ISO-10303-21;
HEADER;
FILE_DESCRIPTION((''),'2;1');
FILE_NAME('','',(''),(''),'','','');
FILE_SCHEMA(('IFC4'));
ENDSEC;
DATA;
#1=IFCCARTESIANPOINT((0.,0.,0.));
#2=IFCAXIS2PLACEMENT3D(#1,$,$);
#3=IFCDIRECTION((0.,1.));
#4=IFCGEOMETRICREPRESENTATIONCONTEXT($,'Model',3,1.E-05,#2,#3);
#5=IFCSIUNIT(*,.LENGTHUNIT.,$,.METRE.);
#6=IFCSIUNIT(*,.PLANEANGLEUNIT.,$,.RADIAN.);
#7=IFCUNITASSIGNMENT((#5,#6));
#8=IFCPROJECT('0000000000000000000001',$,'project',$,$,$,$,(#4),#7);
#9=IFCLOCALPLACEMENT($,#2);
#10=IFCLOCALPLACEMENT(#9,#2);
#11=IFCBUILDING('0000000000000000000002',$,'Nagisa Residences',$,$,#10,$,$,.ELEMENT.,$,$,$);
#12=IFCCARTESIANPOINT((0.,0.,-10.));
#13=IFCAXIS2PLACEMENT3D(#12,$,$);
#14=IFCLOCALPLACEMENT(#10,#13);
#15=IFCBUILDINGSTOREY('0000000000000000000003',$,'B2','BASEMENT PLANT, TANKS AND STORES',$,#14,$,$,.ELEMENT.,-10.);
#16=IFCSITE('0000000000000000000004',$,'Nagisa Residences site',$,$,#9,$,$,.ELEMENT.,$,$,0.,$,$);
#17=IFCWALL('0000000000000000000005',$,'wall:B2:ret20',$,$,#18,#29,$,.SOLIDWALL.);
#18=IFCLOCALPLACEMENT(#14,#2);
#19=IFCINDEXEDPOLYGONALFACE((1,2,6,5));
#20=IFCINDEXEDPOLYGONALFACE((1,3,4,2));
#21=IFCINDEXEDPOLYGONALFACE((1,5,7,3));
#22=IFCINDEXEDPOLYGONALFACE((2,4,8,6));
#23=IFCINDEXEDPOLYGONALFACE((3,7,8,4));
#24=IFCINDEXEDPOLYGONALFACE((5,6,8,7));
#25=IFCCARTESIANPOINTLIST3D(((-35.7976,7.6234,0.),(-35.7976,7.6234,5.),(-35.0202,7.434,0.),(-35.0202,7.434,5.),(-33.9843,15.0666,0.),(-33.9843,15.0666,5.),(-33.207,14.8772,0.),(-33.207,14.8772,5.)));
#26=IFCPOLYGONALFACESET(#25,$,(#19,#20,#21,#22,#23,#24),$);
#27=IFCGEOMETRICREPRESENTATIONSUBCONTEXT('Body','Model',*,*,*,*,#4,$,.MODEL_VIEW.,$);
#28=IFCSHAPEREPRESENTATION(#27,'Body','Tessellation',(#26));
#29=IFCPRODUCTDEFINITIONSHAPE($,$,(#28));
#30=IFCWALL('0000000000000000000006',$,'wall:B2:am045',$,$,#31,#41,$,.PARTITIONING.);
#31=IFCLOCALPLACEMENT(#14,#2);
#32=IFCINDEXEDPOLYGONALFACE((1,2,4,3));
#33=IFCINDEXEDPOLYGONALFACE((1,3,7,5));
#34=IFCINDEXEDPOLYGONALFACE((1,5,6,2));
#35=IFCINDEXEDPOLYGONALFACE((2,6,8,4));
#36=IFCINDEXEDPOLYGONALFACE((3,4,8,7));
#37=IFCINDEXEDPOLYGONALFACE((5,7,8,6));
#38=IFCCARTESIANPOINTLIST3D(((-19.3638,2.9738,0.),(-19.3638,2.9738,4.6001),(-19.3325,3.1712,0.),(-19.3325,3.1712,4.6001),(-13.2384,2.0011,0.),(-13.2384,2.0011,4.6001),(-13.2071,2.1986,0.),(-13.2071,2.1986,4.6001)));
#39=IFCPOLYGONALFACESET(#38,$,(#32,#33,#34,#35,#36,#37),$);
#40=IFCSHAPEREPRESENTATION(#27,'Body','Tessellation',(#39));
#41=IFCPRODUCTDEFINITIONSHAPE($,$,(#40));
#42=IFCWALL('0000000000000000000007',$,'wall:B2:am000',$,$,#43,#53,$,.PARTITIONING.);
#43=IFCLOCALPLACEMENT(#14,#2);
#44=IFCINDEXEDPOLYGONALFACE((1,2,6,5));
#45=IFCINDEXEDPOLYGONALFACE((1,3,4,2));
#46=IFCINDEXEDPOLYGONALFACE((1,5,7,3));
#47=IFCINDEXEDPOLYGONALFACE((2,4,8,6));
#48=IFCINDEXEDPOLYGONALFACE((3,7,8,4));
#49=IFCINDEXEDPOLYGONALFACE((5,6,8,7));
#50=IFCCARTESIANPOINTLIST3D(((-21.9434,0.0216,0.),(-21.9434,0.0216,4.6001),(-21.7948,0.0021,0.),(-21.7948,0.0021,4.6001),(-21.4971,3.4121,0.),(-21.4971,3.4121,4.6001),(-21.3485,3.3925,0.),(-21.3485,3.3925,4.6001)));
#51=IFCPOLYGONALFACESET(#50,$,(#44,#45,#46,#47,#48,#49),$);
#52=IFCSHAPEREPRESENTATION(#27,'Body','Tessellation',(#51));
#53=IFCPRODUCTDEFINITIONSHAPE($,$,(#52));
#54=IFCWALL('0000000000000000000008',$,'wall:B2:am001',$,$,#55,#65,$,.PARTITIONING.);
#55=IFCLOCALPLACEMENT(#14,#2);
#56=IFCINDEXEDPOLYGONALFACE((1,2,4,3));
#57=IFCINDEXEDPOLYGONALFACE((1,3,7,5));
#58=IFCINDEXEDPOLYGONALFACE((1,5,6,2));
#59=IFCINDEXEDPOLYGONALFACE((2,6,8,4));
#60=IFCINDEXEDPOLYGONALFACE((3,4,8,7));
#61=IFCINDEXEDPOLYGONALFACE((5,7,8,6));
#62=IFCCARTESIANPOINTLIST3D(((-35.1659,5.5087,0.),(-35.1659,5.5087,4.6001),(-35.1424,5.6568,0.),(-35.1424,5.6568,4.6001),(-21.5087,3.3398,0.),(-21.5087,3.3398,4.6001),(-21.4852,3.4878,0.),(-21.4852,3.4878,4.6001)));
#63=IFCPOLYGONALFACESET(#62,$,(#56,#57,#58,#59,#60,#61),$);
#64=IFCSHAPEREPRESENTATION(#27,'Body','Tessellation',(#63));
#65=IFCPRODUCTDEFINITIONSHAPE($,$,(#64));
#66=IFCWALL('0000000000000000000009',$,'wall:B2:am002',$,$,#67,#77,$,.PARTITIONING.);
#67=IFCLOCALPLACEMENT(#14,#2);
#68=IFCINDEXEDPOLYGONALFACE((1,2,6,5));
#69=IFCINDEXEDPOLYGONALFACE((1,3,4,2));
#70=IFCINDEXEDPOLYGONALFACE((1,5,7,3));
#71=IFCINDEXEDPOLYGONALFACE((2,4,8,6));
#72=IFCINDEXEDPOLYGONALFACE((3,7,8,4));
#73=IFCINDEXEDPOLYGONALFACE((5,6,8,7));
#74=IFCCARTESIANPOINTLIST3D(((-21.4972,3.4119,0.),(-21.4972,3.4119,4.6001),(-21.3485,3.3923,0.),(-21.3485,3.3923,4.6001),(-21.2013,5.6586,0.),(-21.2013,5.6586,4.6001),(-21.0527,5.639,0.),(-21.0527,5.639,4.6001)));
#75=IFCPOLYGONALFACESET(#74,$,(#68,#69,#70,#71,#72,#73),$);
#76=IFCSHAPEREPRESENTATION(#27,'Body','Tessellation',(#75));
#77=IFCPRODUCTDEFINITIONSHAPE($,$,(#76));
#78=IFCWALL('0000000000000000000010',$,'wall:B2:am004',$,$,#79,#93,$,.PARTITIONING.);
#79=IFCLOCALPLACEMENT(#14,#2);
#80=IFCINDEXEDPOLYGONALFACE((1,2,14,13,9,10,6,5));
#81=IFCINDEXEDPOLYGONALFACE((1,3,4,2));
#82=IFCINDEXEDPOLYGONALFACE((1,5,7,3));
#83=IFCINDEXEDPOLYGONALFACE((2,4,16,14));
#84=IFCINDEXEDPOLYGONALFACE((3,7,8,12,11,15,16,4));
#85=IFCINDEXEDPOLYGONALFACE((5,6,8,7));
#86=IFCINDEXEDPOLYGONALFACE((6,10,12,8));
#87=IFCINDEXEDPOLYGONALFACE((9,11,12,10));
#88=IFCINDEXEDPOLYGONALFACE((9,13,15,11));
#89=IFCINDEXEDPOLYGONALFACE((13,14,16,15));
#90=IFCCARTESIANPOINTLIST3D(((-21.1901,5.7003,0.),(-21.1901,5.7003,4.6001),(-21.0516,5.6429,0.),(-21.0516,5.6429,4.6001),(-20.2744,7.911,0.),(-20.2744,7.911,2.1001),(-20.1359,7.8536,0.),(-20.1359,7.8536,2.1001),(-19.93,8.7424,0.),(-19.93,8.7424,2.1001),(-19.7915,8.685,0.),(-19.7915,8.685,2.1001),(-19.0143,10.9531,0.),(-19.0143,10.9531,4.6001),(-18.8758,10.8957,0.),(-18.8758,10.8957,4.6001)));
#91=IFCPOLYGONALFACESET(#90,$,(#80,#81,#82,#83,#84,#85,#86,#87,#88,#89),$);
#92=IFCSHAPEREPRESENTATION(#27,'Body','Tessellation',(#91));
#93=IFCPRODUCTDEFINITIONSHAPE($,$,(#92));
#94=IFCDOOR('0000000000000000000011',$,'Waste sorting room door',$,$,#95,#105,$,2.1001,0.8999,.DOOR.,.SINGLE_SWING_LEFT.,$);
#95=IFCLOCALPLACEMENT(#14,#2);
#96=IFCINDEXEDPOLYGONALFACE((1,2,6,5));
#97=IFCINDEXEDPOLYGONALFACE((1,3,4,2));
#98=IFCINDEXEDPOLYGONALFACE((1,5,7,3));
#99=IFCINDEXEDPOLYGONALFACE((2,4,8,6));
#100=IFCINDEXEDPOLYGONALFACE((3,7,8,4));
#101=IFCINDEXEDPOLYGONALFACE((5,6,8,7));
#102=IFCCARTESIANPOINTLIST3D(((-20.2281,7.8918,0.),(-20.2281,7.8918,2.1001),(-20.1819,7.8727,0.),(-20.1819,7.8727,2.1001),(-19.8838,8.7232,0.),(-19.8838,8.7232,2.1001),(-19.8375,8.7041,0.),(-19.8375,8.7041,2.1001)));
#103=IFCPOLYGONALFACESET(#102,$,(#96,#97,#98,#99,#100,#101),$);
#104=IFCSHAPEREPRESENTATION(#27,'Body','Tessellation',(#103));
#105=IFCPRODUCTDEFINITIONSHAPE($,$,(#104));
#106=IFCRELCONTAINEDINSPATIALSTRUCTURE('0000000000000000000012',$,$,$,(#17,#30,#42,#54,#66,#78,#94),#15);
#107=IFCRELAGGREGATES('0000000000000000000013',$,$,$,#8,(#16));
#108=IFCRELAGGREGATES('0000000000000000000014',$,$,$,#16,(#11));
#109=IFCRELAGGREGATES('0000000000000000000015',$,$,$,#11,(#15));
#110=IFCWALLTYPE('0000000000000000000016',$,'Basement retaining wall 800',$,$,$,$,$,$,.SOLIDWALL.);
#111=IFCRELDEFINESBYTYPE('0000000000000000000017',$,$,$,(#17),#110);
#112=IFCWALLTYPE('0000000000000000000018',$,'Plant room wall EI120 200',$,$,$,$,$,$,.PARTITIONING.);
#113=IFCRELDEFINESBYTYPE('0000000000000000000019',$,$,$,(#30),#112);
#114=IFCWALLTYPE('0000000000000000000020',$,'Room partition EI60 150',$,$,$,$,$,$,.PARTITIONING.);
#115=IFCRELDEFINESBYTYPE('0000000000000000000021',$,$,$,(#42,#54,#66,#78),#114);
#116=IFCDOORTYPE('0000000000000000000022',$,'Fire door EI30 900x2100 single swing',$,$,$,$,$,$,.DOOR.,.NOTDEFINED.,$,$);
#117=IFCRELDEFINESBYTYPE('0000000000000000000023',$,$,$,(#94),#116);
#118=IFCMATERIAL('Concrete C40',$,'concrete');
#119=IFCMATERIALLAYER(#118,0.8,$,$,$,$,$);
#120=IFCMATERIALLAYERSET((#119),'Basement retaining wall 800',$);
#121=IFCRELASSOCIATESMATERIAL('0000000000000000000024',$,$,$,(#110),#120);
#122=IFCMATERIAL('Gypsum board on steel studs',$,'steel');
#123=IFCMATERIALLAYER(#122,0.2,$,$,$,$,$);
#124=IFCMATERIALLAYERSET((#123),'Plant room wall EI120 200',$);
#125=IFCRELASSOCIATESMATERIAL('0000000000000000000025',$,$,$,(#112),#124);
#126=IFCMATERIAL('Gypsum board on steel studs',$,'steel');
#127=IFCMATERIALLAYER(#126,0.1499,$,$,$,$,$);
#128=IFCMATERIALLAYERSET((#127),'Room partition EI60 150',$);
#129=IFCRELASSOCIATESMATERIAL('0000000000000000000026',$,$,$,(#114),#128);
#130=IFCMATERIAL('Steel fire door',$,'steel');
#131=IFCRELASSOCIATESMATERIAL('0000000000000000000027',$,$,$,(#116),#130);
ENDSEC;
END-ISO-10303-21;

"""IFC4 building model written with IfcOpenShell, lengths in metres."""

from ifc_helpers import new_model, si_unit, direction, frame, frame_2d, origin, place, context, subcontext, project, spatial, rectangle, extrude, material, layer, layer_set, type_object, element, fill, save


model = new_model("IFC4")

# Units and contexts
model_context = context("Model", 3, precision=1e-05, world=origin(), true_north=direction((0.0, 1.0)))
body_context = subcontext(model_context, "Body", "Model", "MODEL_VIEW")
ifc_project = project(units=[si_unit("LENGTHUNIT", "METRE"), si_unit("PLANEANGLEUNIT", "RADIAN")], contexts=[model_context])

# Site, building, storey
site_placement = place(None, origin())
site = spatial("IfcSite", under=ifc_project, at=site_placement, Name="Nagisa Residences site", CompositionType="ELEMENT", RefElevation=0.0)
building_placement = place(site_placement, origin())
building = spatial("IfcBuilding", under=site, at=building_placement, Name="Nagisa Residences", CompositionType="ELEMENT")
storey_placement = place(building_placement, frame((0.0, 0.0, -10.0)))
storey = spatial("IfcBuildingStorey", under=building, at=storey_placement, Name="B2", Description="BASEMENT PLANT, TANKS AND STORES", CompositionType="ELEMENT", Elevation=-10.0)

# Walls
ifc_material_1 = material(Name="Concrete C40", Category="concrete")
ifc_layer_1 = layer(ifc_material_1, 0.8)
ifc_layer_set_1 = layer_set([ifc_layer_1], Name="Basement retaining wall 800")
wall_type_1 = type_object("IfcWallType", Name="Basement retaining wall 800", PredefinedType="SOLIDWALL", material=ifc_layer_set_1)
wall_1_placement = place(storey_placement, frame((-35.4089, 7.5286, 0.0), z_axis=(0.0, 0.0, 1.0), x_axis=(0.23669, 0.971585, 0.0)))
element("IfcWall", 1, at=wall_1_placement, inside=storey, type_object=wall_type_1, Name="wall:B2:ret20", PredefinedType="SOLIDWALL", context=body_context, shape_type="SweptSolid", body=[
    extrude(rectangle(XDim=7.6609, YDim=0.8, at=frame_2d((3.8306, 0.0))), origin(), (0.0, 0.0, 1.0), 5.0),
])
ifc_material_2 = material(Name="Gypsum board on steel studs", Category="steel")
ifc_layer_2 = layer(ifc_material_2, 0.2)
ifc_layer_set_2 = layer_set([ifc_layer_2], Name="Plant room wall EI120 200")
wall_type_2 = type_object("IfcWallType", Name="Plant room wall EI120 200", PredefinedType="PARTITIONING", material=ifc_layer_set_2)
wall_2_placement = place(storey_placement, frame((-19.3481, 3.0725, 0.0), z_axis=(0.0, 0.0, 1.0), x_axis=(0.987627, -0.156824, 0.0)))
element("IfcWall", 2, at=wall_2_placement, inside=storey, type_object=wall_type_2, Name="wall:B2:am045", PredefinedType="PARTITIONING", context=body_context, shape_type="SweptSolid", body=[
    extrude(rectangle(XDim=6.2021, YDim=0.2, at=frame_2d((3.1011, 0.0))), origin(), (0.0, 0.0, 1.0), 4.6001),
])
ifc_material_3 = material(Name="Gypsum board on steel studs", Category="steel")
ifc_layer_3 = layer(ifc_material_3, 0.1499)
ifc_layer_set_3 = layer_set([ifc_layer_3], Name="Room partition EI60 150")
wall_type_3 = type_object("IfcWallType", Name="Room partition EI60 150", PredefinedType="PARTITIONING", material=ifc_layer_set_3)
wall_3_placement = place(storey_placement, frame((-21.8691, 0.0117, 0.0), z_axis=(0.0, 0.0, 1.0), x_axis=(0.130508, 0.991447, 0.0)))
element("IfcWall", 3, at=wall_3_placement, inside=storey, type_object=wall_type_3, Name="wall:B2:am000", PredefinedType="PARTITIONING", context=body_context, shape_type="SweptSolid", body=[
    extrude(rectangle(XDim=3.4197, YDim=0.1499, at=frame_2d((1.71, 0.0))), origin(), (0.0, 0.0, 1.0), 4.6001),
])
wall_4_placement = place(storey_placement, frame((-21.4971, 3.4138, 0.0), z_axis=(0.0, 0.0, 1.0), x_axis=(-0.987623, 0.156847, 0.0)))
element("IfcWall", 4, at=wall_4_placement, inside=storey, type_object=wall_type_3, Name="wall:B2:am001", PredefinedType="PARTITIONING", context=body_context, shape_type="SweptSolid", body=[
    extrude(rectangle(XDim=13.8284, YDim=0.1499, at=frame_2d((6.9141, 0.0))), origin(), (0.0, 0.0, 1.0), 4.6001),
])
wall_5_placement = place(storey_placement, frame((-21.4229, 3.4021, 0.0), z_axis=(0.0, 0.0, 1.0), x_axis=(0.130569, 0.991439, 0.0)))
element("IfcWall", 5, at=wall_5_placement, inside=storey, type_object=wall_type_3, Name="wall:B2:am002", PredefinedType="PARTITIONING", context=body_context, shape_type="SweptSolid", body=[
    extrude(rectangle(XDim=2.2661, YDim=0.1499, at=frame_2d((1.1331, 0.0))), origin(), (0.0, 0.0, 1.0), 4.6001),
])

# Wall, opening, door
wall_6_placement = place(storey_placement, frame((-21.1208, 5.6716, 0.0), z_axis=(0.0, 0.0, 1.0), x_axis=(0.382691, 0.923877, 0.0)))
wall_6 = element("IfcWall", 6, at=wall_6_placement, inside=storey, type_object=wall_type_3, Name="wall:B2:am004", PredefinedType="PARTITIONING", context=body_context, shape_type="SweptSolid", body=[
    extrude(rectangle(XDim=5.6855, YDim=0.1499, at=frame_2d((2.8428, 0.0))), origin(), (0.0, 0.0, 1.0), 4.6001),
])
opening_placement = place(wall_6_placement, frame((2.3928, 0.0, 0.0)))
opening = element("IfcOpeningElement", 7, at=opening_placement, cuts=wall_6, PredefinedType="OPENING", context=body_context, shape_type="SweptSolid", body=[
    extrude(rectangle(XDim=0.8999, YDim=2.1001, at=frame_2d((0.45, 1.05))), frame((0.0, 0.085, 0.0), z_axis=(0.0, -1.0, 0.0), x_axis=(1.0, 0.0, 0.0)), (0.0, 0.0, 1.0), 0.1699),
])
ifc_material_4 = material(Name="Steel fire door", Category="steel")
door_type = type_object("IfcDoorType", Name="Fire door EI30 900x2100 single swing", OperationType="NOTDEFINED", PredefinedType="DOOR", material=ifc_material_4)
door_placement = place(opening_placement, origin())
door = element("IfcDoor", 8, at=door_placement, inside=storey, type_object=door_type, Name="Waste sorting room door", OperationType="SINGLE_SWING_LEFT", OverallHeight=2.1001, OverallWidth=0.8999, PredefinedType="DOOR", context=body_context, shape_type="SweptSolid", body=[
    extrude(rectangle(XDim=0.8999, YDim=2.1001, at=frame_2d((0.45, 1.05))), frame((0.0, 0.0249, 0.0), z_axis=(0.0, -1.0, 0.0), x_axis=(1.0, 0.0, 0.0)), (0.0, 0.0, 1.0), 0.05),
])
fill(opening, door)

save(model, "model.ifc")
